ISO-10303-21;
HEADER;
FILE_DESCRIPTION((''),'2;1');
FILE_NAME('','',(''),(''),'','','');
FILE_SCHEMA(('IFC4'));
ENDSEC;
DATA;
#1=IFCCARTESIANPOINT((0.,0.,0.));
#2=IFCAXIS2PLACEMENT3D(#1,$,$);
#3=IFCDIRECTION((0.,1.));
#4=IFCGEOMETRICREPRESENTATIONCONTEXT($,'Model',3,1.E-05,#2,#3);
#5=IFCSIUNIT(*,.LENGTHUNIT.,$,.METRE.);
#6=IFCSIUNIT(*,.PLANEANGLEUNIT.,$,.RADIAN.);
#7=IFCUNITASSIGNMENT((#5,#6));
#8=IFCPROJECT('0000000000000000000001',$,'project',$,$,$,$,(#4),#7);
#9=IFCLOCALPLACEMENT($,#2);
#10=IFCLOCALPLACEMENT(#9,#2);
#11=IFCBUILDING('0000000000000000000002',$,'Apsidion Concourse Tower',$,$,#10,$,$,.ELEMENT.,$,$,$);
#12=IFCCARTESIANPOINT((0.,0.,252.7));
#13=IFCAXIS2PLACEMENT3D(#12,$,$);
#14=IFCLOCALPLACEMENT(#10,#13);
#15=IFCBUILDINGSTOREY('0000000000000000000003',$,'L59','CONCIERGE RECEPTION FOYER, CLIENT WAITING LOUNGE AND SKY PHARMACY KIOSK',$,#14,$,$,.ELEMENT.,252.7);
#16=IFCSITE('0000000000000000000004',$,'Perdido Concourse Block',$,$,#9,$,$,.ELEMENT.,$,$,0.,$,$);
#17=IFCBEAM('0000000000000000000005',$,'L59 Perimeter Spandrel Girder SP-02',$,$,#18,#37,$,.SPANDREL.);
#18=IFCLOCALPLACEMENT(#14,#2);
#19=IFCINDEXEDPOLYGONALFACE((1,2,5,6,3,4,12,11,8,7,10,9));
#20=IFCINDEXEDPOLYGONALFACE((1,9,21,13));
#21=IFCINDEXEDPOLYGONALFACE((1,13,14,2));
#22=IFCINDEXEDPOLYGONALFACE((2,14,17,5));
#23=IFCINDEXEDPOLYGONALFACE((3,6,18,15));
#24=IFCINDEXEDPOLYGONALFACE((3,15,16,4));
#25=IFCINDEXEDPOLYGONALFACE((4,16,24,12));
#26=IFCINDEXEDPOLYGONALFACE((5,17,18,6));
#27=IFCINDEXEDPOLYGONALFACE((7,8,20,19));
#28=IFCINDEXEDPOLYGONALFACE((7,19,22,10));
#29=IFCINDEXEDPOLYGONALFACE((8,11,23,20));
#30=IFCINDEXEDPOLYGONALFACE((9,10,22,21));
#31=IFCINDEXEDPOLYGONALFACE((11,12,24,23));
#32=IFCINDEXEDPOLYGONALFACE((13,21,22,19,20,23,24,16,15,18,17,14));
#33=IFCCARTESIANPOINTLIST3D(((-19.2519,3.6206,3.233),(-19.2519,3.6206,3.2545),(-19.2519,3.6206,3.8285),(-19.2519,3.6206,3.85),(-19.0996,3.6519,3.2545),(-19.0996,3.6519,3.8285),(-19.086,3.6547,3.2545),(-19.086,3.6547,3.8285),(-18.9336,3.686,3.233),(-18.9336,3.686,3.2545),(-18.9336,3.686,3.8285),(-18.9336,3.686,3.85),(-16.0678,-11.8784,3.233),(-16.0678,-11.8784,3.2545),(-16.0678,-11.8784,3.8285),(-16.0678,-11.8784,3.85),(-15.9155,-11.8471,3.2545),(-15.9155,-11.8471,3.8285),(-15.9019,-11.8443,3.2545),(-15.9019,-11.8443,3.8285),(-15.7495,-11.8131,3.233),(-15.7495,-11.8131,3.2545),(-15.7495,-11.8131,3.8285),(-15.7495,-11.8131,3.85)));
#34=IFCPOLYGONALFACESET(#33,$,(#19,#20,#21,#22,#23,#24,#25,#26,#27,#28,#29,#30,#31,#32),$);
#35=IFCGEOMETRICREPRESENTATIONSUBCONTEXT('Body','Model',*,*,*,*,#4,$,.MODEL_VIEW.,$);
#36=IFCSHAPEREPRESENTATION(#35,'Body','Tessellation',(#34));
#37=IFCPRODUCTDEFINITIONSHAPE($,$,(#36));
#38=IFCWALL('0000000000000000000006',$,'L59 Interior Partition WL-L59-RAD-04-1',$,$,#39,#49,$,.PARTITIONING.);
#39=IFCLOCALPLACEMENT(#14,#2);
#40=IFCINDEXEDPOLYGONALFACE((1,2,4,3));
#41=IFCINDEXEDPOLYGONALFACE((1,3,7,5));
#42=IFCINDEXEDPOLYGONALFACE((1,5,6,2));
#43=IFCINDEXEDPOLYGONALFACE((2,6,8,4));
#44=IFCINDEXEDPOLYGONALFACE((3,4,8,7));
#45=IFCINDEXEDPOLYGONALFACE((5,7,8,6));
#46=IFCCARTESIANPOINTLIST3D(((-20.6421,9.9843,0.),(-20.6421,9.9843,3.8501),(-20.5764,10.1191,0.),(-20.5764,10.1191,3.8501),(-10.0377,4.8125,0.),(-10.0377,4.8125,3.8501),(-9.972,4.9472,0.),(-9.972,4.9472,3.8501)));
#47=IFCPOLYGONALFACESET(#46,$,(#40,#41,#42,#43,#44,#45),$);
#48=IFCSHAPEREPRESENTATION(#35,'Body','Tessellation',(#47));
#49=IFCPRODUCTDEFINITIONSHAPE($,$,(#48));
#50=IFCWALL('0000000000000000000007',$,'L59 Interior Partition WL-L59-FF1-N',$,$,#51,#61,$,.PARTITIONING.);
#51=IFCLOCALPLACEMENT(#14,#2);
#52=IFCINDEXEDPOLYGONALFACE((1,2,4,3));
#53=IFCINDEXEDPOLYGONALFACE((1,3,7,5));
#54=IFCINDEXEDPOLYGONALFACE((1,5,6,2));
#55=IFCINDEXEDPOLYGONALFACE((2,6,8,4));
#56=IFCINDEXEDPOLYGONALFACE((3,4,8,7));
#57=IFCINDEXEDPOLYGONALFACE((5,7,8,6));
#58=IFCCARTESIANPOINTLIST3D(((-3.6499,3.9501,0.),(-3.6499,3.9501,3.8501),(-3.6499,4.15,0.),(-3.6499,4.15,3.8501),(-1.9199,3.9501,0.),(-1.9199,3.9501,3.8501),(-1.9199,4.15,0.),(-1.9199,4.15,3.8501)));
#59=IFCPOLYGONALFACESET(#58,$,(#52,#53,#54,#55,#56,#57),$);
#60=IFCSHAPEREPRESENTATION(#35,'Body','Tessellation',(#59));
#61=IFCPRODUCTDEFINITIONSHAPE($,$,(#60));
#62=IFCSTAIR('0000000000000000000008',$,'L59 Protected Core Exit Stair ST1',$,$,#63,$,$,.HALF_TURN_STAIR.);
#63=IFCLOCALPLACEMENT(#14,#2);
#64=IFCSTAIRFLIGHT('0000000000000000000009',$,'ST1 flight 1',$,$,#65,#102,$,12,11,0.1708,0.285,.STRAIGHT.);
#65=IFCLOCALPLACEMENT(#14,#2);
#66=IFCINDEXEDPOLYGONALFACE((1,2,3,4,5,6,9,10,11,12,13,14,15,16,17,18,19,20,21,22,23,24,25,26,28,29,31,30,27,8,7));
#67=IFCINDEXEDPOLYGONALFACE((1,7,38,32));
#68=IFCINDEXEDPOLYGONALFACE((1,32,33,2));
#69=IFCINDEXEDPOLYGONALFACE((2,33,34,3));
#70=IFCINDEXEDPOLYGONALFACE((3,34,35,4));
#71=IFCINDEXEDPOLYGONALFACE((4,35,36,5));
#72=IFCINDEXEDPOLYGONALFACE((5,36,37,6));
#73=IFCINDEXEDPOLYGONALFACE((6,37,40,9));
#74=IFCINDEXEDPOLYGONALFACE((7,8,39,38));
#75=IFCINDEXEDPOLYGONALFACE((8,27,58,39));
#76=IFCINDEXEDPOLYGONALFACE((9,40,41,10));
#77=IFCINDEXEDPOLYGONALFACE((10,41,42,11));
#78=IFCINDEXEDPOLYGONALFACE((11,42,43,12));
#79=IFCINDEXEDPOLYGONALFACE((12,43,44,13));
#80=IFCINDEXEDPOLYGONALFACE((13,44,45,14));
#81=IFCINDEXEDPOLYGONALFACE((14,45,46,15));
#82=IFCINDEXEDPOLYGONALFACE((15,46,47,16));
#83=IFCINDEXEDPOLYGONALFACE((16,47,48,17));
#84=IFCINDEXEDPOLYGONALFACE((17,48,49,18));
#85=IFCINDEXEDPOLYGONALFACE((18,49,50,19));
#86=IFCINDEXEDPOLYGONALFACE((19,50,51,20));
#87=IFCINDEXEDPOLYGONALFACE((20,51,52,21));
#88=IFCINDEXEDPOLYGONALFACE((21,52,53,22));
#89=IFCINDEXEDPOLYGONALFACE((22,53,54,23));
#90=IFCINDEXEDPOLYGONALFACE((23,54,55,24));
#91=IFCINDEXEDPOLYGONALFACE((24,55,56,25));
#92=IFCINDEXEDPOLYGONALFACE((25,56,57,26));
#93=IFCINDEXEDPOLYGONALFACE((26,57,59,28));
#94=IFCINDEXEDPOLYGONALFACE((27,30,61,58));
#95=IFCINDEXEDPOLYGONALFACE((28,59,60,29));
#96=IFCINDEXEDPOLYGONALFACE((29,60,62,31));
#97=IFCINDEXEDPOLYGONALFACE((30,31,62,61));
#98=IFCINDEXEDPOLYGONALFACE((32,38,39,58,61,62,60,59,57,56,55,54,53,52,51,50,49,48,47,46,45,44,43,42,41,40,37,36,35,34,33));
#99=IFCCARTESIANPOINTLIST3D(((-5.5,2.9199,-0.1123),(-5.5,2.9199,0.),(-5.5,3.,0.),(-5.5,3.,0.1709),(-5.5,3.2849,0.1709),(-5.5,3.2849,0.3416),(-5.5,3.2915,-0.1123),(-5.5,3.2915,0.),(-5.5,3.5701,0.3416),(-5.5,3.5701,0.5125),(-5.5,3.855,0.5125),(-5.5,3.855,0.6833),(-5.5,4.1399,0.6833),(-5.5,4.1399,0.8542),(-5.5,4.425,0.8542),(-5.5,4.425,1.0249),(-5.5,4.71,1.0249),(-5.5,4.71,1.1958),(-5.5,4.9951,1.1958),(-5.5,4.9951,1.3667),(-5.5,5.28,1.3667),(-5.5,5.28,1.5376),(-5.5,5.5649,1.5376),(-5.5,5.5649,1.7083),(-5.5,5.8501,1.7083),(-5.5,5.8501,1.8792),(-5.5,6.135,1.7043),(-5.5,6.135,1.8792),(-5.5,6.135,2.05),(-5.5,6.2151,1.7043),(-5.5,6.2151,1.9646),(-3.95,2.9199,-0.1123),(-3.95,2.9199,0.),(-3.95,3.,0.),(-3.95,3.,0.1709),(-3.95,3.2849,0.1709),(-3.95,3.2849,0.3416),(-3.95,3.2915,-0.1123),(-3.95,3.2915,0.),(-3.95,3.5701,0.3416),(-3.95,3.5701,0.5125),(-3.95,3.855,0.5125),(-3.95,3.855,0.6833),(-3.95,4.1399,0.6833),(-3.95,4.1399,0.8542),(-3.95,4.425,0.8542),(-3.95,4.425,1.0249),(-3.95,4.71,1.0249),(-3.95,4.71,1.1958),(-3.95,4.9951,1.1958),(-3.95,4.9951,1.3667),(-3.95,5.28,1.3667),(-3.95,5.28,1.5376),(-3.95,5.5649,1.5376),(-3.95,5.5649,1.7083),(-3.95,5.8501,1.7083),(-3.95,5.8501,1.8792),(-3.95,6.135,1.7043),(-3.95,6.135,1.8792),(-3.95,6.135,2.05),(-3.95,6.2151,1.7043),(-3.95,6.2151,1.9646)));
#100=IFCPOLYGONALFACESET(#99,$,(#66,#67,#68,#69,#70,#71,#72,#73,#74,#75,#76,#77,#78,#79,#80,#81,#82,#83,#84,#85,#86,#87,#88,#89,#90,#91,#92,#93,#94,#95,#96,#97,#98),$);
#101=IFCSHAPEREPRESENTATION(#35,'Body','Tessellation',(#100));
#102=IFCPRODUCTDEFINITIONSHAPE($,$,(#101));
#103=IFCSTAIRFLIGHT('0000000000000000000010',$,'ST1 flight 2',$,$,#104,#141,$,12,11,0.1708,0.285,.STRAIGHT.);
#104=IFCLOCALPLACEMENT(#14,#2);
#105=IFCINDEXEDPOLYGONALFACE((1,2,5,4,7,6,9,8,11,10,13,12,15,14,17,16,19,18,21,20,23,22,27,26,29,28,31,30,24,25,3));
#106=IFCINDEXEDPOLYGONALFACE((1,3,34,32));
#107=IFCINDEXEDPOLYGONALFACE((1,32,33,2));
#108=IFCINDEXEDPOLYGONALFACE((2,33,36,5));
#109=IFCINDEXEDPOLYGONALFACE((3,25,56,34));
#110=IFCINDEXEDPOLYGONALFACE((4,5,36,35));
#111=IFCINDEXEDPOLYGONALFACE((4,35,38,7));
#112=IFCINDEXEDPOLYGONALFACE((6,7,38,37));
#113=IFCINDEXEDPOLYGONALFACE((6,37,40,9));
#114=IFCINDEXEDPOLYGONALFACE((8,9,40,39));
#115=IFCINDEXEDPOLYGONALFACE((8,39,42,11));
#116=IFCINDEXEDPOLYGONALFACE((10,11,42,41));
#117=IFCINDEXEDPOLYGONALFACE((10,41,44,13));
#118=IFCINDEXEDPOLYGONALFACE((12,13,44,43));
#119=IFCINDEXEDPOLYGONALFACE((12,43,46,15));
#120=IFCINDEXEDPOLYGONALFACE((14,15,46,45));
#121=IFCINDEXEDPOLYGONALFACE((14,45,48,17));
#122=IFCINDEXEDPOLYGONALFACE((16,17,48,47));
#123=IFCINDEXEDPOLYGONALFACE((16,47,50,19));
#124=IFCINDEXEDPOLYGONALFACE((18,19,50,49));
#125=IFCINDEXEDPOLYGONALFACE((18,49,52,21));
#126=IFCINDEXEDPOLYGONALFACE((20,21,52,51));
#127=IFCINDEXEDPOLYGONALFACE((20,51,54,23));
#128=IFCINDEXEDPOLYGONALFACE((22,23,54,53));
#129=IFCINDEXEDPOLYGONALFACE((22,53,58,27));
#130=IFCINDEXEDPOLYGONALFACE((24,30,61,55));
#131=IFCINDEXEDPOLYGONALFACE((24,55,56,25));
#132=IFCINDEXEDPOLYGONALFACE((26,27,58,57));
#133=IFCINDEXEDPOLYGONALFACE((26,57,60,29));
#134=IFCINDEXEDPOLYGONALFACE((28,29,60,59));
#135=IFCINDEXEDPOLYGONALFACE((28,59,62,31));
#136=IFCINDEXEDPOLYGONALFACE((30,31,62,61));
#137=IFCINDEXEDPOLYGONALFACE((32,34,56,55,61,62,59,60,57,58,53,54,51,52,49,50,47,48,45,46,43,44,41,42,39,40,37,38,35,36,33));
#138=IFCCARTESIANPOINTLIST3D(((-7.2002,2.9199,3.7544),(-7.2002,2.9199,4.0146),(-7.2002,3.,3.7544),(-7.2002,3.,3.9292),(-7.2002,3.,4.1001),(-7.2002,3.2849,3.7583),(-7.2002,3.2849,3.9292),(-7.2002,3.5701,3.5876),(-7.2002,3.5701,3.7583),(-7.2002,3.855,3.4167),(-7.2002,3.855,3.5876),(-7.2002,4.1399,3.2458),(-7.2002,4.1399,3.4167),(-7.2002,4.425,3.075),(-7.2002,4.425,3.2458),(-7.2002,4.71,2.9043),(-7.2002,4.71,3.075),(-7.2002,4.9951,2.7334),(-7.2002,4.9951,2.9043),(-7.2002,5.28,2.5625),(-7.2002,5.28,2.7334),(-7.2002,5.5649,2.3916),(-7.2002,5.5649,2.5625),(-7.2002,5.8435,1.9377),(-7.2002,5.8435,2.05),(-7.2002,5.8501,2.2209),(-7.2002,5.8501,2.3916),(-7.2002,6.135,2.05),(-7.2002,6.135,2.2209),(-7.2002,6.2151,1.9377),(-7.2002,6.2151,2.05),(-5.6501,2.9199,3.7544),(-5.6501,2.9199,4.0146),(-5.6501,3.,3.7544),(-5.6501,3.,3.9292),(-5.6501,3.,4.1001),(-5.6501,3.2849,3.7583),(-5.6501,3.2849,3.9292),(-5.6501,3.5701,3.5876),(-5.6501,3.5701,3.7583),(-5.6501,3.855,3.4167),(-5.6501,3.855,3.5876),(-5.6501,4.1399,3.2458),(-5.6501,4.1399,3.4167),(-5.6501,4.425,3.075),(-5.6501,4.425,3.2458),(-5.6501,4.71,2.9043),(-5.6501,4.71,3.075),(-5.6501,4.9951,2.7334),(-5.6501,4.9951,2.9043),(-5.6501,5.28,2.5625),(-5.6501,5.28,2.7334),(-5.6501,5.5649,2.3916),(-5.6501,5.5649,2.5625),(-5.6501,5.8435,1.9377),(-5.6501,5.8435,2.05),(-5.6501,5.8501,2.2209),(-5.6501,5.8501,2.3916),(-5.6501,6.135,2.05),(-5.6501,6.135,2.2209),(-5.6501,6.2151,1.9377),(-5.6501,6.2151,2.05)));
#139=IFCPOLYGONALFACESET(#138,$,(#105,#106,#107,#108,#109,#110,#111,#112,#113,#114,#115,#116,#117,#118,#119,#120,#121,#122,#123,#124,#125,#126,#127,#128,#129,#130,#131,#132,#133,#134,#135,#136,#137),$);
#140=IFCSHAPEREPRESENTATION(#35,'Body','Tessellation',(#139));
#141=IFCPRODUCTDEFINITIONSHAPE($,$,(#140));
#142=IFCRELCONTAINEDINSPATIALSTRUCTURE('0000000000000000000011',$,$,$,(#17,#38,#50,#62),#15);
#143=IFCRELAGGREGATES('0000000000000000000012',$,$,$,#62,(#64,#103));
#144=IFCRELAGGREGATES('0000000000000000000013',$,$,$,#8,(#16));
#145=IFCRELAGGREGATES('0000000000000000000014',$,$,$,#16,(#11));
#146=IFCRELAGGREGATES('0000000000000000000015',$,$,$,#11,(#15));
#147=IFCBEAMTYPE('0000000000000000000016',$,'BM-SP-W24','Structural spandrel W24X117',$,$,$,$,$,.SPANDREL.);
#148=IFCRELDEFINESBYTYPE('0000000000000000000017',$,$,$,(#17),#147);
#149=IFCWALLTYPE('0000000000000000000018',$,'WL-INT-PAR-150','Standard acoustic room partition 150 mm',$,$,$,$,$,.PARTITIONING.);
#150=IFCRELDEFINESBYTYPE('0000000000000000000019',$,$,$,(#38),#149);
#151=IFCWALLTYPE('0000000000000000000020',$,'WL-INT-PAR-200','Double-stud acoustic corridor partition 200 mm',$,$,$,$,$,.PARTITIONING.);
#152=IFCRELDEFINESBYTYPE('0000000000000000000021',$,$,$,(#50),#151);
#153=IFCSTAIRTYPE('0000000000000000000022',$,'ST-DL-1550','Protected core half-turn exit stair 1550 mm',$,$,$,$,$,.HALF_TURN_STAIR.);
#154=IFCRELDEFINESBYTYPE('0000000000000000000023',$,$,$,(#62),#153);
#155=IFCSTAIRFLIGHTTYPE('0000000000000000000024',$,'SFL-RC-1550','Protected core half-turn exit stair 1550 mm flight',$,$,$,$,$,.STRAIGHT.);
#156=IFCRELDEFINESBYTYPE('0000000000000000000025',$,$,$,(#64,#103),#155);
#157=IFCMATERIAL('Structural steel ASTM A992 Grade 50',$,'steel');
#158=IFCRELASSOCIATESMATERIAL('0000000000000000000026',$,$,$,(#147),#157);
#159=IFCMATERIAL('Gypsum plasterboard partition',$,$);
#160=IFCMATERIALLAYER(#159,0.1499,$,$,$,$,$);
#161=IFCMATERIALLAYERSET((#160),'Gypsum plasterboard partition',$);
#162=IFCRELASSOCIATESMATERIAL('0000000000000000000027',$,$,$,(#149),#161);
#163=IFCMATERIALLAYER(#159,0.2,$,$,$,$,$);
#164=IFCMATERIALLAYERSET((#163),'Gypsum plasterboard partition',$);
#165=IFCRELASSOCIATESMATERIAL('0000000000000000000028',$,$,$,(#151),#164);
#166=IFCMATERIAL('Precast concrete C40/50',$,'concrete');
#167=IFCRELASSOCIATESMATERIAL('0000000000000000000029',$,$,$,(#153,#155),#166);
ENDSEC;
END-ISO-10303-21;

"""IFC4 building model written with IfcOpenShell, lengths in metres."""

from ifc_helpers import new_model, si_unit, direction, frame, frame_2d, origin, origin_2d, place, context, subcontext, project, spatial, polyline, rectangle, i_section, outline, extrude, material, layer, layer_set, material_profile, profile_set, type_object, element, aggregate, save


model = new_model("IFC4")

# Units and contexts
model_context = context("Model", 3, precision=1e-05, world=origin(), true_north=direction((0.0, 1.0)))
body_context = subcontext(model_context, "Body", "Model", "MODEL_VIEW")
ifc_project = project(units=[si_unit("LENGTHUNIT", "METRE"), si_unit("PLANEANGLEUNIT", "RADIAN")], contexts=[model_context])

# Site, building, storey
site_placement = place(None, origin())
site = spatial("IfcSite", under=ifc_project, at=site_placement, Name="Perdido Concourse Block", CompositionType="ELEMENT", RefElevation=0.0)
building_placement = place(site_placement, origin())
building = spatial("IfcBuilding", under=site, at=building_placement, Name="Apsidion Concourse Tower", CompositionType="ELEMENT")
storey_placement = place(building_placement, frame((0.0, 0.0, 252.7)))
storey = spatial("IfcBuildingStorey", under=building, at=storey_placement, Name="L59", Description="CONCIERGE RECEPTION FOYER, CLIENT WAITING LOUNGE AND SKY PHARMACY KIOSK", CompositionType="ELEMENT", Elevation=252.7)

# Shared definitions
ifc_material_1 = material(Name="Structural steel ASTM A992 Grade 50", Category="steel")

# Beam
ifc_material_profile_1 = material_profile(ifc_material_1, i_section(OverallWidth=0.325, OverallDepth=0.6169, WebThickness=0.0139, FlangeThickness=0.0215, at=origin_2d()), Name="W24X117")
ifc_profile_set_1 = profile_set([ifc_material_profile_1], Name="Structural steel ASTM A992 Grade 50")
beam_type_1 = type_object("IfcBeamType", Name="BM-SP-W24", Description="Structural spandrel W24X117", PredefinedType="SPANDREL", material=ifc_profile_set_1)
beam_1_placement = place(storey_placement, frame((-19.0928, 3.6533, 3.5415), z_axis=(0.201235, -0.979543, 0.0), x_axis=(0.979543, 0.201235, 0.0)))
element("IfcBeam", 1, at=beam_1_placement, inside=storey, type_object=beam_type_1, Name="L59 Perimeter Spandrel Girder SP-02", PredefinedType="SPANDREL", context=body_context, shape_type="SweptSolid", body=[
    extrude(i_section(OverallWidth=0.325, OverallDepth=0.6169, WebThickness=0.0139, FlangeThickness=0.0215, at=origin_2d()), origin(), (0.0, 0.0, 1.0), 15.8228),
])

# Walls
ifc_material_2 = material(Name="Gypsum plasterboard partition")
ifc_layer_1 = layer(ifc_material_2, 0.1499)
ifc_layer_set_1 = layer_set([ifc_layer_1], Name="Gypsum plasterboard partition")
wall_type_1 = type_object("IfcWallType", Name="WL-INT-PAR-150", Description="Standard acoustic room partition 150 mm", PredefinedType="PARTITIONING", material=ifc_layer_set_1)
wall_1_placement = place(storey_placement, frame((-10.0049, 4.8799, 0.0), z_axis=(0.0, 0.0, 1.0), x_axis=(-0.898803, 0.438352, 0.0)))
element("IfcWall", 2, at=wall_1_placement, inside=storey, type_object=wall_type_1, Name="L59 Interior Partition WL-L59-RAD-04-1", PredefinedType="PARTITIONING", context=body_context, shape_type="SweptSolid", body=[
    extrude(rectangle(XDim=11.7983, YDim=0.1499, at=frame_2d((5.8992, 0.0))), origin(), (0.0, 0.0, 1.0), 3.8501),
])
ifc_layer_2 = layer(ifc_material_2, 0.2)
ifc_layer_set_2 = layer_set([ifc_layer_2], Name="Gypsum plasterboard partition")
wall_type_2 = type_object("IfcWallType", Name="WL-INT-PAR-200", Description="Double-stud acoustic corridor partition 200 mm", PredefinedType="PARTITIONING", material=ifc_layer_set_2)
wall_2_placement = place(storey_placement, frame((-3.6499, 4.05, 0.0), z_axis=(0.0, 0.0, 1.0), x_axis=(1.0, 0.0, 0.0)))
element("IfcWall", 3, at=wall_2_placement, inside=storey, type_object=wall_type_2, Name="L59 Interior Partition WL-L59-FF1-N", PredefinedType="PARTITIONING", context=body_context, shape_type="SweptSolid", body=[
    extrude(rectangle(XDim=1.73, YDim=0.2, at=frame_2d((0.865, 0.0))), origin(), (0.0, 0.0, 1.0), 3.8501),
])

# Stair, stair flights
ifc_material_3 = material(Name="Precast concrete C40/50", Category="concrete")
stair_type = type_object("IfcStairType", Name="ST-DL-1550", Description="Protected core half-turn exit stair 1550 mm", PredefinedType="HALF_TURN_STAIR", material=ifc_material_3)
stair_placement = place(storey_placement, origin())
stair = element("IfcStair", 4, at=stair_placement, inside=storey, type_object=stair_type, Name="L59 Protected Core Exit Stair ST1", PredefinedType="HALF_TURN_STAIR")
stair_flight_type = type_object("IfcStairFlightType", Name="SFL-RC-1550", Description="Protected core half-turn exit stair 1550 mm flight", PredefinedType="STRAIGHT", material=ifc_material_3)
stair_flight_1_placement = place(storey_placement, frame((-4.7251, 3.0, 0.0), z_axis=(0.0, 0.0, 1.0), x_axis=(0.0, 1.0, 0.0)))
stair_flight_1 = element("IfcStairFlight", 5, at=stair_flight_1_placement, type_object=stair_flight_type, Name="ST1 flight 1", NumberOfRisers=12, NumberOfTreads=11, PredefinedType="STRAIGHT", RiserHeight=0.1708, TreadLength=0.285, context=body_context, shape_type="SweptSolid", body=[
    extrude(outline(polyline([(-0.0801, -0.1123), (-0.0801, 0.0), (0.0, 0.0), (0.0, 0.1709), (0.2849, 0.1709), (0.2849, 0.3416), (0.5701, 0.3416), (0.5701, 0.5125), (0.855, 0.5125), (0.855, 0.6833), (1.1399, 0.6833), (1.1399, 0.8542), (1.425, 0.8542), (1.425, 1.0249), (1.71, 1.0249), (1.71, 1.1958), (1.9951, 1.1958), (1.9951, 1.3667), (2.28, 1.3667), (2.28, 1.5376), (2.5649, 1.5376), (2.5649, 1.7083), (2.8501, 1.7083), (2.8501, 1.8792), (3.135, 1.8792), (3.135, 2.05), (3.2151, 1.9646), (3.2151, 1.7043), (3.135, 1.7043), (0.2915, 0.0), (0.2915, -0.1123), (-0.0801, -0.1123)])), frame((0.0, 0.7749, 0.0), z_axis=(0.0, -1.0, 0.0), x_axis=(1.0, 0.0, 0.0)), (0.0, 0.0, 1.0), 1.55),
])
stair_flight_2_placement = place(storey_placement, frame((-6.425, 6.135, 2.05), z_axis=(0.0, 0.0, 1.0), x_axis=(0.0, -1.0, 0.0)))
stair_flight_2 = element("IfcStairFlight", 6, at=stair_flight_2_placement, type_object=stair_flight_type, Name="ST1 flight 2", NumberOfRisers=12, NumberOfTreads=11, PredefinedType="STRAIGHT", RiserHeight=0.1708, TreadLength=0.285, context=body_context, shape_type="SweptSolid", body=[
    extrude(outline(polyline([(-0.0801, -0.1123), (-0.0801, 0.0), (0.0, 0.0), (0.0, 0.1709), (0.2849, 0.1709), (0.2849, 0.3416), (0.5701, 0.3416), (0.5701, 0.5125), (0.855, 0.5125), (0.855, 0.6833), (1.1399, 0.6833), (1.1399, 0.8542), (1.425, 0.8542), (1.425, 1.0249), (1.71, 1.0249), (1.71, 1.1958), (1.9951, 1.1958), (1.9951, 1.3667), (2.28, 1.3667), (2.28, 1.5376), (2.5649, 1.5376), (2.5649, 1.7083), (2.8501, 1.7083), (2.8501, 1.8792), (3.135, 1.8792), (3.135, 2.05), (3.2151, 1.9646), (3.2151, 1.7043), (3.135, 1.7043), (0.2915, 0.0), (0.2915, -0.1123), (-0.0801, -0.1123)])), frame((0.0, 0.7749, 0.0), z_axis=(0.0, -1.0, 0.0), x_axis=(1.0, 0.0, 0.0)), (0.0, 0.0, 1.0), 1.55),
])
aggregate(stair, [stair_flight_1, stair_flight_2])

save(model, "model.ifc")
